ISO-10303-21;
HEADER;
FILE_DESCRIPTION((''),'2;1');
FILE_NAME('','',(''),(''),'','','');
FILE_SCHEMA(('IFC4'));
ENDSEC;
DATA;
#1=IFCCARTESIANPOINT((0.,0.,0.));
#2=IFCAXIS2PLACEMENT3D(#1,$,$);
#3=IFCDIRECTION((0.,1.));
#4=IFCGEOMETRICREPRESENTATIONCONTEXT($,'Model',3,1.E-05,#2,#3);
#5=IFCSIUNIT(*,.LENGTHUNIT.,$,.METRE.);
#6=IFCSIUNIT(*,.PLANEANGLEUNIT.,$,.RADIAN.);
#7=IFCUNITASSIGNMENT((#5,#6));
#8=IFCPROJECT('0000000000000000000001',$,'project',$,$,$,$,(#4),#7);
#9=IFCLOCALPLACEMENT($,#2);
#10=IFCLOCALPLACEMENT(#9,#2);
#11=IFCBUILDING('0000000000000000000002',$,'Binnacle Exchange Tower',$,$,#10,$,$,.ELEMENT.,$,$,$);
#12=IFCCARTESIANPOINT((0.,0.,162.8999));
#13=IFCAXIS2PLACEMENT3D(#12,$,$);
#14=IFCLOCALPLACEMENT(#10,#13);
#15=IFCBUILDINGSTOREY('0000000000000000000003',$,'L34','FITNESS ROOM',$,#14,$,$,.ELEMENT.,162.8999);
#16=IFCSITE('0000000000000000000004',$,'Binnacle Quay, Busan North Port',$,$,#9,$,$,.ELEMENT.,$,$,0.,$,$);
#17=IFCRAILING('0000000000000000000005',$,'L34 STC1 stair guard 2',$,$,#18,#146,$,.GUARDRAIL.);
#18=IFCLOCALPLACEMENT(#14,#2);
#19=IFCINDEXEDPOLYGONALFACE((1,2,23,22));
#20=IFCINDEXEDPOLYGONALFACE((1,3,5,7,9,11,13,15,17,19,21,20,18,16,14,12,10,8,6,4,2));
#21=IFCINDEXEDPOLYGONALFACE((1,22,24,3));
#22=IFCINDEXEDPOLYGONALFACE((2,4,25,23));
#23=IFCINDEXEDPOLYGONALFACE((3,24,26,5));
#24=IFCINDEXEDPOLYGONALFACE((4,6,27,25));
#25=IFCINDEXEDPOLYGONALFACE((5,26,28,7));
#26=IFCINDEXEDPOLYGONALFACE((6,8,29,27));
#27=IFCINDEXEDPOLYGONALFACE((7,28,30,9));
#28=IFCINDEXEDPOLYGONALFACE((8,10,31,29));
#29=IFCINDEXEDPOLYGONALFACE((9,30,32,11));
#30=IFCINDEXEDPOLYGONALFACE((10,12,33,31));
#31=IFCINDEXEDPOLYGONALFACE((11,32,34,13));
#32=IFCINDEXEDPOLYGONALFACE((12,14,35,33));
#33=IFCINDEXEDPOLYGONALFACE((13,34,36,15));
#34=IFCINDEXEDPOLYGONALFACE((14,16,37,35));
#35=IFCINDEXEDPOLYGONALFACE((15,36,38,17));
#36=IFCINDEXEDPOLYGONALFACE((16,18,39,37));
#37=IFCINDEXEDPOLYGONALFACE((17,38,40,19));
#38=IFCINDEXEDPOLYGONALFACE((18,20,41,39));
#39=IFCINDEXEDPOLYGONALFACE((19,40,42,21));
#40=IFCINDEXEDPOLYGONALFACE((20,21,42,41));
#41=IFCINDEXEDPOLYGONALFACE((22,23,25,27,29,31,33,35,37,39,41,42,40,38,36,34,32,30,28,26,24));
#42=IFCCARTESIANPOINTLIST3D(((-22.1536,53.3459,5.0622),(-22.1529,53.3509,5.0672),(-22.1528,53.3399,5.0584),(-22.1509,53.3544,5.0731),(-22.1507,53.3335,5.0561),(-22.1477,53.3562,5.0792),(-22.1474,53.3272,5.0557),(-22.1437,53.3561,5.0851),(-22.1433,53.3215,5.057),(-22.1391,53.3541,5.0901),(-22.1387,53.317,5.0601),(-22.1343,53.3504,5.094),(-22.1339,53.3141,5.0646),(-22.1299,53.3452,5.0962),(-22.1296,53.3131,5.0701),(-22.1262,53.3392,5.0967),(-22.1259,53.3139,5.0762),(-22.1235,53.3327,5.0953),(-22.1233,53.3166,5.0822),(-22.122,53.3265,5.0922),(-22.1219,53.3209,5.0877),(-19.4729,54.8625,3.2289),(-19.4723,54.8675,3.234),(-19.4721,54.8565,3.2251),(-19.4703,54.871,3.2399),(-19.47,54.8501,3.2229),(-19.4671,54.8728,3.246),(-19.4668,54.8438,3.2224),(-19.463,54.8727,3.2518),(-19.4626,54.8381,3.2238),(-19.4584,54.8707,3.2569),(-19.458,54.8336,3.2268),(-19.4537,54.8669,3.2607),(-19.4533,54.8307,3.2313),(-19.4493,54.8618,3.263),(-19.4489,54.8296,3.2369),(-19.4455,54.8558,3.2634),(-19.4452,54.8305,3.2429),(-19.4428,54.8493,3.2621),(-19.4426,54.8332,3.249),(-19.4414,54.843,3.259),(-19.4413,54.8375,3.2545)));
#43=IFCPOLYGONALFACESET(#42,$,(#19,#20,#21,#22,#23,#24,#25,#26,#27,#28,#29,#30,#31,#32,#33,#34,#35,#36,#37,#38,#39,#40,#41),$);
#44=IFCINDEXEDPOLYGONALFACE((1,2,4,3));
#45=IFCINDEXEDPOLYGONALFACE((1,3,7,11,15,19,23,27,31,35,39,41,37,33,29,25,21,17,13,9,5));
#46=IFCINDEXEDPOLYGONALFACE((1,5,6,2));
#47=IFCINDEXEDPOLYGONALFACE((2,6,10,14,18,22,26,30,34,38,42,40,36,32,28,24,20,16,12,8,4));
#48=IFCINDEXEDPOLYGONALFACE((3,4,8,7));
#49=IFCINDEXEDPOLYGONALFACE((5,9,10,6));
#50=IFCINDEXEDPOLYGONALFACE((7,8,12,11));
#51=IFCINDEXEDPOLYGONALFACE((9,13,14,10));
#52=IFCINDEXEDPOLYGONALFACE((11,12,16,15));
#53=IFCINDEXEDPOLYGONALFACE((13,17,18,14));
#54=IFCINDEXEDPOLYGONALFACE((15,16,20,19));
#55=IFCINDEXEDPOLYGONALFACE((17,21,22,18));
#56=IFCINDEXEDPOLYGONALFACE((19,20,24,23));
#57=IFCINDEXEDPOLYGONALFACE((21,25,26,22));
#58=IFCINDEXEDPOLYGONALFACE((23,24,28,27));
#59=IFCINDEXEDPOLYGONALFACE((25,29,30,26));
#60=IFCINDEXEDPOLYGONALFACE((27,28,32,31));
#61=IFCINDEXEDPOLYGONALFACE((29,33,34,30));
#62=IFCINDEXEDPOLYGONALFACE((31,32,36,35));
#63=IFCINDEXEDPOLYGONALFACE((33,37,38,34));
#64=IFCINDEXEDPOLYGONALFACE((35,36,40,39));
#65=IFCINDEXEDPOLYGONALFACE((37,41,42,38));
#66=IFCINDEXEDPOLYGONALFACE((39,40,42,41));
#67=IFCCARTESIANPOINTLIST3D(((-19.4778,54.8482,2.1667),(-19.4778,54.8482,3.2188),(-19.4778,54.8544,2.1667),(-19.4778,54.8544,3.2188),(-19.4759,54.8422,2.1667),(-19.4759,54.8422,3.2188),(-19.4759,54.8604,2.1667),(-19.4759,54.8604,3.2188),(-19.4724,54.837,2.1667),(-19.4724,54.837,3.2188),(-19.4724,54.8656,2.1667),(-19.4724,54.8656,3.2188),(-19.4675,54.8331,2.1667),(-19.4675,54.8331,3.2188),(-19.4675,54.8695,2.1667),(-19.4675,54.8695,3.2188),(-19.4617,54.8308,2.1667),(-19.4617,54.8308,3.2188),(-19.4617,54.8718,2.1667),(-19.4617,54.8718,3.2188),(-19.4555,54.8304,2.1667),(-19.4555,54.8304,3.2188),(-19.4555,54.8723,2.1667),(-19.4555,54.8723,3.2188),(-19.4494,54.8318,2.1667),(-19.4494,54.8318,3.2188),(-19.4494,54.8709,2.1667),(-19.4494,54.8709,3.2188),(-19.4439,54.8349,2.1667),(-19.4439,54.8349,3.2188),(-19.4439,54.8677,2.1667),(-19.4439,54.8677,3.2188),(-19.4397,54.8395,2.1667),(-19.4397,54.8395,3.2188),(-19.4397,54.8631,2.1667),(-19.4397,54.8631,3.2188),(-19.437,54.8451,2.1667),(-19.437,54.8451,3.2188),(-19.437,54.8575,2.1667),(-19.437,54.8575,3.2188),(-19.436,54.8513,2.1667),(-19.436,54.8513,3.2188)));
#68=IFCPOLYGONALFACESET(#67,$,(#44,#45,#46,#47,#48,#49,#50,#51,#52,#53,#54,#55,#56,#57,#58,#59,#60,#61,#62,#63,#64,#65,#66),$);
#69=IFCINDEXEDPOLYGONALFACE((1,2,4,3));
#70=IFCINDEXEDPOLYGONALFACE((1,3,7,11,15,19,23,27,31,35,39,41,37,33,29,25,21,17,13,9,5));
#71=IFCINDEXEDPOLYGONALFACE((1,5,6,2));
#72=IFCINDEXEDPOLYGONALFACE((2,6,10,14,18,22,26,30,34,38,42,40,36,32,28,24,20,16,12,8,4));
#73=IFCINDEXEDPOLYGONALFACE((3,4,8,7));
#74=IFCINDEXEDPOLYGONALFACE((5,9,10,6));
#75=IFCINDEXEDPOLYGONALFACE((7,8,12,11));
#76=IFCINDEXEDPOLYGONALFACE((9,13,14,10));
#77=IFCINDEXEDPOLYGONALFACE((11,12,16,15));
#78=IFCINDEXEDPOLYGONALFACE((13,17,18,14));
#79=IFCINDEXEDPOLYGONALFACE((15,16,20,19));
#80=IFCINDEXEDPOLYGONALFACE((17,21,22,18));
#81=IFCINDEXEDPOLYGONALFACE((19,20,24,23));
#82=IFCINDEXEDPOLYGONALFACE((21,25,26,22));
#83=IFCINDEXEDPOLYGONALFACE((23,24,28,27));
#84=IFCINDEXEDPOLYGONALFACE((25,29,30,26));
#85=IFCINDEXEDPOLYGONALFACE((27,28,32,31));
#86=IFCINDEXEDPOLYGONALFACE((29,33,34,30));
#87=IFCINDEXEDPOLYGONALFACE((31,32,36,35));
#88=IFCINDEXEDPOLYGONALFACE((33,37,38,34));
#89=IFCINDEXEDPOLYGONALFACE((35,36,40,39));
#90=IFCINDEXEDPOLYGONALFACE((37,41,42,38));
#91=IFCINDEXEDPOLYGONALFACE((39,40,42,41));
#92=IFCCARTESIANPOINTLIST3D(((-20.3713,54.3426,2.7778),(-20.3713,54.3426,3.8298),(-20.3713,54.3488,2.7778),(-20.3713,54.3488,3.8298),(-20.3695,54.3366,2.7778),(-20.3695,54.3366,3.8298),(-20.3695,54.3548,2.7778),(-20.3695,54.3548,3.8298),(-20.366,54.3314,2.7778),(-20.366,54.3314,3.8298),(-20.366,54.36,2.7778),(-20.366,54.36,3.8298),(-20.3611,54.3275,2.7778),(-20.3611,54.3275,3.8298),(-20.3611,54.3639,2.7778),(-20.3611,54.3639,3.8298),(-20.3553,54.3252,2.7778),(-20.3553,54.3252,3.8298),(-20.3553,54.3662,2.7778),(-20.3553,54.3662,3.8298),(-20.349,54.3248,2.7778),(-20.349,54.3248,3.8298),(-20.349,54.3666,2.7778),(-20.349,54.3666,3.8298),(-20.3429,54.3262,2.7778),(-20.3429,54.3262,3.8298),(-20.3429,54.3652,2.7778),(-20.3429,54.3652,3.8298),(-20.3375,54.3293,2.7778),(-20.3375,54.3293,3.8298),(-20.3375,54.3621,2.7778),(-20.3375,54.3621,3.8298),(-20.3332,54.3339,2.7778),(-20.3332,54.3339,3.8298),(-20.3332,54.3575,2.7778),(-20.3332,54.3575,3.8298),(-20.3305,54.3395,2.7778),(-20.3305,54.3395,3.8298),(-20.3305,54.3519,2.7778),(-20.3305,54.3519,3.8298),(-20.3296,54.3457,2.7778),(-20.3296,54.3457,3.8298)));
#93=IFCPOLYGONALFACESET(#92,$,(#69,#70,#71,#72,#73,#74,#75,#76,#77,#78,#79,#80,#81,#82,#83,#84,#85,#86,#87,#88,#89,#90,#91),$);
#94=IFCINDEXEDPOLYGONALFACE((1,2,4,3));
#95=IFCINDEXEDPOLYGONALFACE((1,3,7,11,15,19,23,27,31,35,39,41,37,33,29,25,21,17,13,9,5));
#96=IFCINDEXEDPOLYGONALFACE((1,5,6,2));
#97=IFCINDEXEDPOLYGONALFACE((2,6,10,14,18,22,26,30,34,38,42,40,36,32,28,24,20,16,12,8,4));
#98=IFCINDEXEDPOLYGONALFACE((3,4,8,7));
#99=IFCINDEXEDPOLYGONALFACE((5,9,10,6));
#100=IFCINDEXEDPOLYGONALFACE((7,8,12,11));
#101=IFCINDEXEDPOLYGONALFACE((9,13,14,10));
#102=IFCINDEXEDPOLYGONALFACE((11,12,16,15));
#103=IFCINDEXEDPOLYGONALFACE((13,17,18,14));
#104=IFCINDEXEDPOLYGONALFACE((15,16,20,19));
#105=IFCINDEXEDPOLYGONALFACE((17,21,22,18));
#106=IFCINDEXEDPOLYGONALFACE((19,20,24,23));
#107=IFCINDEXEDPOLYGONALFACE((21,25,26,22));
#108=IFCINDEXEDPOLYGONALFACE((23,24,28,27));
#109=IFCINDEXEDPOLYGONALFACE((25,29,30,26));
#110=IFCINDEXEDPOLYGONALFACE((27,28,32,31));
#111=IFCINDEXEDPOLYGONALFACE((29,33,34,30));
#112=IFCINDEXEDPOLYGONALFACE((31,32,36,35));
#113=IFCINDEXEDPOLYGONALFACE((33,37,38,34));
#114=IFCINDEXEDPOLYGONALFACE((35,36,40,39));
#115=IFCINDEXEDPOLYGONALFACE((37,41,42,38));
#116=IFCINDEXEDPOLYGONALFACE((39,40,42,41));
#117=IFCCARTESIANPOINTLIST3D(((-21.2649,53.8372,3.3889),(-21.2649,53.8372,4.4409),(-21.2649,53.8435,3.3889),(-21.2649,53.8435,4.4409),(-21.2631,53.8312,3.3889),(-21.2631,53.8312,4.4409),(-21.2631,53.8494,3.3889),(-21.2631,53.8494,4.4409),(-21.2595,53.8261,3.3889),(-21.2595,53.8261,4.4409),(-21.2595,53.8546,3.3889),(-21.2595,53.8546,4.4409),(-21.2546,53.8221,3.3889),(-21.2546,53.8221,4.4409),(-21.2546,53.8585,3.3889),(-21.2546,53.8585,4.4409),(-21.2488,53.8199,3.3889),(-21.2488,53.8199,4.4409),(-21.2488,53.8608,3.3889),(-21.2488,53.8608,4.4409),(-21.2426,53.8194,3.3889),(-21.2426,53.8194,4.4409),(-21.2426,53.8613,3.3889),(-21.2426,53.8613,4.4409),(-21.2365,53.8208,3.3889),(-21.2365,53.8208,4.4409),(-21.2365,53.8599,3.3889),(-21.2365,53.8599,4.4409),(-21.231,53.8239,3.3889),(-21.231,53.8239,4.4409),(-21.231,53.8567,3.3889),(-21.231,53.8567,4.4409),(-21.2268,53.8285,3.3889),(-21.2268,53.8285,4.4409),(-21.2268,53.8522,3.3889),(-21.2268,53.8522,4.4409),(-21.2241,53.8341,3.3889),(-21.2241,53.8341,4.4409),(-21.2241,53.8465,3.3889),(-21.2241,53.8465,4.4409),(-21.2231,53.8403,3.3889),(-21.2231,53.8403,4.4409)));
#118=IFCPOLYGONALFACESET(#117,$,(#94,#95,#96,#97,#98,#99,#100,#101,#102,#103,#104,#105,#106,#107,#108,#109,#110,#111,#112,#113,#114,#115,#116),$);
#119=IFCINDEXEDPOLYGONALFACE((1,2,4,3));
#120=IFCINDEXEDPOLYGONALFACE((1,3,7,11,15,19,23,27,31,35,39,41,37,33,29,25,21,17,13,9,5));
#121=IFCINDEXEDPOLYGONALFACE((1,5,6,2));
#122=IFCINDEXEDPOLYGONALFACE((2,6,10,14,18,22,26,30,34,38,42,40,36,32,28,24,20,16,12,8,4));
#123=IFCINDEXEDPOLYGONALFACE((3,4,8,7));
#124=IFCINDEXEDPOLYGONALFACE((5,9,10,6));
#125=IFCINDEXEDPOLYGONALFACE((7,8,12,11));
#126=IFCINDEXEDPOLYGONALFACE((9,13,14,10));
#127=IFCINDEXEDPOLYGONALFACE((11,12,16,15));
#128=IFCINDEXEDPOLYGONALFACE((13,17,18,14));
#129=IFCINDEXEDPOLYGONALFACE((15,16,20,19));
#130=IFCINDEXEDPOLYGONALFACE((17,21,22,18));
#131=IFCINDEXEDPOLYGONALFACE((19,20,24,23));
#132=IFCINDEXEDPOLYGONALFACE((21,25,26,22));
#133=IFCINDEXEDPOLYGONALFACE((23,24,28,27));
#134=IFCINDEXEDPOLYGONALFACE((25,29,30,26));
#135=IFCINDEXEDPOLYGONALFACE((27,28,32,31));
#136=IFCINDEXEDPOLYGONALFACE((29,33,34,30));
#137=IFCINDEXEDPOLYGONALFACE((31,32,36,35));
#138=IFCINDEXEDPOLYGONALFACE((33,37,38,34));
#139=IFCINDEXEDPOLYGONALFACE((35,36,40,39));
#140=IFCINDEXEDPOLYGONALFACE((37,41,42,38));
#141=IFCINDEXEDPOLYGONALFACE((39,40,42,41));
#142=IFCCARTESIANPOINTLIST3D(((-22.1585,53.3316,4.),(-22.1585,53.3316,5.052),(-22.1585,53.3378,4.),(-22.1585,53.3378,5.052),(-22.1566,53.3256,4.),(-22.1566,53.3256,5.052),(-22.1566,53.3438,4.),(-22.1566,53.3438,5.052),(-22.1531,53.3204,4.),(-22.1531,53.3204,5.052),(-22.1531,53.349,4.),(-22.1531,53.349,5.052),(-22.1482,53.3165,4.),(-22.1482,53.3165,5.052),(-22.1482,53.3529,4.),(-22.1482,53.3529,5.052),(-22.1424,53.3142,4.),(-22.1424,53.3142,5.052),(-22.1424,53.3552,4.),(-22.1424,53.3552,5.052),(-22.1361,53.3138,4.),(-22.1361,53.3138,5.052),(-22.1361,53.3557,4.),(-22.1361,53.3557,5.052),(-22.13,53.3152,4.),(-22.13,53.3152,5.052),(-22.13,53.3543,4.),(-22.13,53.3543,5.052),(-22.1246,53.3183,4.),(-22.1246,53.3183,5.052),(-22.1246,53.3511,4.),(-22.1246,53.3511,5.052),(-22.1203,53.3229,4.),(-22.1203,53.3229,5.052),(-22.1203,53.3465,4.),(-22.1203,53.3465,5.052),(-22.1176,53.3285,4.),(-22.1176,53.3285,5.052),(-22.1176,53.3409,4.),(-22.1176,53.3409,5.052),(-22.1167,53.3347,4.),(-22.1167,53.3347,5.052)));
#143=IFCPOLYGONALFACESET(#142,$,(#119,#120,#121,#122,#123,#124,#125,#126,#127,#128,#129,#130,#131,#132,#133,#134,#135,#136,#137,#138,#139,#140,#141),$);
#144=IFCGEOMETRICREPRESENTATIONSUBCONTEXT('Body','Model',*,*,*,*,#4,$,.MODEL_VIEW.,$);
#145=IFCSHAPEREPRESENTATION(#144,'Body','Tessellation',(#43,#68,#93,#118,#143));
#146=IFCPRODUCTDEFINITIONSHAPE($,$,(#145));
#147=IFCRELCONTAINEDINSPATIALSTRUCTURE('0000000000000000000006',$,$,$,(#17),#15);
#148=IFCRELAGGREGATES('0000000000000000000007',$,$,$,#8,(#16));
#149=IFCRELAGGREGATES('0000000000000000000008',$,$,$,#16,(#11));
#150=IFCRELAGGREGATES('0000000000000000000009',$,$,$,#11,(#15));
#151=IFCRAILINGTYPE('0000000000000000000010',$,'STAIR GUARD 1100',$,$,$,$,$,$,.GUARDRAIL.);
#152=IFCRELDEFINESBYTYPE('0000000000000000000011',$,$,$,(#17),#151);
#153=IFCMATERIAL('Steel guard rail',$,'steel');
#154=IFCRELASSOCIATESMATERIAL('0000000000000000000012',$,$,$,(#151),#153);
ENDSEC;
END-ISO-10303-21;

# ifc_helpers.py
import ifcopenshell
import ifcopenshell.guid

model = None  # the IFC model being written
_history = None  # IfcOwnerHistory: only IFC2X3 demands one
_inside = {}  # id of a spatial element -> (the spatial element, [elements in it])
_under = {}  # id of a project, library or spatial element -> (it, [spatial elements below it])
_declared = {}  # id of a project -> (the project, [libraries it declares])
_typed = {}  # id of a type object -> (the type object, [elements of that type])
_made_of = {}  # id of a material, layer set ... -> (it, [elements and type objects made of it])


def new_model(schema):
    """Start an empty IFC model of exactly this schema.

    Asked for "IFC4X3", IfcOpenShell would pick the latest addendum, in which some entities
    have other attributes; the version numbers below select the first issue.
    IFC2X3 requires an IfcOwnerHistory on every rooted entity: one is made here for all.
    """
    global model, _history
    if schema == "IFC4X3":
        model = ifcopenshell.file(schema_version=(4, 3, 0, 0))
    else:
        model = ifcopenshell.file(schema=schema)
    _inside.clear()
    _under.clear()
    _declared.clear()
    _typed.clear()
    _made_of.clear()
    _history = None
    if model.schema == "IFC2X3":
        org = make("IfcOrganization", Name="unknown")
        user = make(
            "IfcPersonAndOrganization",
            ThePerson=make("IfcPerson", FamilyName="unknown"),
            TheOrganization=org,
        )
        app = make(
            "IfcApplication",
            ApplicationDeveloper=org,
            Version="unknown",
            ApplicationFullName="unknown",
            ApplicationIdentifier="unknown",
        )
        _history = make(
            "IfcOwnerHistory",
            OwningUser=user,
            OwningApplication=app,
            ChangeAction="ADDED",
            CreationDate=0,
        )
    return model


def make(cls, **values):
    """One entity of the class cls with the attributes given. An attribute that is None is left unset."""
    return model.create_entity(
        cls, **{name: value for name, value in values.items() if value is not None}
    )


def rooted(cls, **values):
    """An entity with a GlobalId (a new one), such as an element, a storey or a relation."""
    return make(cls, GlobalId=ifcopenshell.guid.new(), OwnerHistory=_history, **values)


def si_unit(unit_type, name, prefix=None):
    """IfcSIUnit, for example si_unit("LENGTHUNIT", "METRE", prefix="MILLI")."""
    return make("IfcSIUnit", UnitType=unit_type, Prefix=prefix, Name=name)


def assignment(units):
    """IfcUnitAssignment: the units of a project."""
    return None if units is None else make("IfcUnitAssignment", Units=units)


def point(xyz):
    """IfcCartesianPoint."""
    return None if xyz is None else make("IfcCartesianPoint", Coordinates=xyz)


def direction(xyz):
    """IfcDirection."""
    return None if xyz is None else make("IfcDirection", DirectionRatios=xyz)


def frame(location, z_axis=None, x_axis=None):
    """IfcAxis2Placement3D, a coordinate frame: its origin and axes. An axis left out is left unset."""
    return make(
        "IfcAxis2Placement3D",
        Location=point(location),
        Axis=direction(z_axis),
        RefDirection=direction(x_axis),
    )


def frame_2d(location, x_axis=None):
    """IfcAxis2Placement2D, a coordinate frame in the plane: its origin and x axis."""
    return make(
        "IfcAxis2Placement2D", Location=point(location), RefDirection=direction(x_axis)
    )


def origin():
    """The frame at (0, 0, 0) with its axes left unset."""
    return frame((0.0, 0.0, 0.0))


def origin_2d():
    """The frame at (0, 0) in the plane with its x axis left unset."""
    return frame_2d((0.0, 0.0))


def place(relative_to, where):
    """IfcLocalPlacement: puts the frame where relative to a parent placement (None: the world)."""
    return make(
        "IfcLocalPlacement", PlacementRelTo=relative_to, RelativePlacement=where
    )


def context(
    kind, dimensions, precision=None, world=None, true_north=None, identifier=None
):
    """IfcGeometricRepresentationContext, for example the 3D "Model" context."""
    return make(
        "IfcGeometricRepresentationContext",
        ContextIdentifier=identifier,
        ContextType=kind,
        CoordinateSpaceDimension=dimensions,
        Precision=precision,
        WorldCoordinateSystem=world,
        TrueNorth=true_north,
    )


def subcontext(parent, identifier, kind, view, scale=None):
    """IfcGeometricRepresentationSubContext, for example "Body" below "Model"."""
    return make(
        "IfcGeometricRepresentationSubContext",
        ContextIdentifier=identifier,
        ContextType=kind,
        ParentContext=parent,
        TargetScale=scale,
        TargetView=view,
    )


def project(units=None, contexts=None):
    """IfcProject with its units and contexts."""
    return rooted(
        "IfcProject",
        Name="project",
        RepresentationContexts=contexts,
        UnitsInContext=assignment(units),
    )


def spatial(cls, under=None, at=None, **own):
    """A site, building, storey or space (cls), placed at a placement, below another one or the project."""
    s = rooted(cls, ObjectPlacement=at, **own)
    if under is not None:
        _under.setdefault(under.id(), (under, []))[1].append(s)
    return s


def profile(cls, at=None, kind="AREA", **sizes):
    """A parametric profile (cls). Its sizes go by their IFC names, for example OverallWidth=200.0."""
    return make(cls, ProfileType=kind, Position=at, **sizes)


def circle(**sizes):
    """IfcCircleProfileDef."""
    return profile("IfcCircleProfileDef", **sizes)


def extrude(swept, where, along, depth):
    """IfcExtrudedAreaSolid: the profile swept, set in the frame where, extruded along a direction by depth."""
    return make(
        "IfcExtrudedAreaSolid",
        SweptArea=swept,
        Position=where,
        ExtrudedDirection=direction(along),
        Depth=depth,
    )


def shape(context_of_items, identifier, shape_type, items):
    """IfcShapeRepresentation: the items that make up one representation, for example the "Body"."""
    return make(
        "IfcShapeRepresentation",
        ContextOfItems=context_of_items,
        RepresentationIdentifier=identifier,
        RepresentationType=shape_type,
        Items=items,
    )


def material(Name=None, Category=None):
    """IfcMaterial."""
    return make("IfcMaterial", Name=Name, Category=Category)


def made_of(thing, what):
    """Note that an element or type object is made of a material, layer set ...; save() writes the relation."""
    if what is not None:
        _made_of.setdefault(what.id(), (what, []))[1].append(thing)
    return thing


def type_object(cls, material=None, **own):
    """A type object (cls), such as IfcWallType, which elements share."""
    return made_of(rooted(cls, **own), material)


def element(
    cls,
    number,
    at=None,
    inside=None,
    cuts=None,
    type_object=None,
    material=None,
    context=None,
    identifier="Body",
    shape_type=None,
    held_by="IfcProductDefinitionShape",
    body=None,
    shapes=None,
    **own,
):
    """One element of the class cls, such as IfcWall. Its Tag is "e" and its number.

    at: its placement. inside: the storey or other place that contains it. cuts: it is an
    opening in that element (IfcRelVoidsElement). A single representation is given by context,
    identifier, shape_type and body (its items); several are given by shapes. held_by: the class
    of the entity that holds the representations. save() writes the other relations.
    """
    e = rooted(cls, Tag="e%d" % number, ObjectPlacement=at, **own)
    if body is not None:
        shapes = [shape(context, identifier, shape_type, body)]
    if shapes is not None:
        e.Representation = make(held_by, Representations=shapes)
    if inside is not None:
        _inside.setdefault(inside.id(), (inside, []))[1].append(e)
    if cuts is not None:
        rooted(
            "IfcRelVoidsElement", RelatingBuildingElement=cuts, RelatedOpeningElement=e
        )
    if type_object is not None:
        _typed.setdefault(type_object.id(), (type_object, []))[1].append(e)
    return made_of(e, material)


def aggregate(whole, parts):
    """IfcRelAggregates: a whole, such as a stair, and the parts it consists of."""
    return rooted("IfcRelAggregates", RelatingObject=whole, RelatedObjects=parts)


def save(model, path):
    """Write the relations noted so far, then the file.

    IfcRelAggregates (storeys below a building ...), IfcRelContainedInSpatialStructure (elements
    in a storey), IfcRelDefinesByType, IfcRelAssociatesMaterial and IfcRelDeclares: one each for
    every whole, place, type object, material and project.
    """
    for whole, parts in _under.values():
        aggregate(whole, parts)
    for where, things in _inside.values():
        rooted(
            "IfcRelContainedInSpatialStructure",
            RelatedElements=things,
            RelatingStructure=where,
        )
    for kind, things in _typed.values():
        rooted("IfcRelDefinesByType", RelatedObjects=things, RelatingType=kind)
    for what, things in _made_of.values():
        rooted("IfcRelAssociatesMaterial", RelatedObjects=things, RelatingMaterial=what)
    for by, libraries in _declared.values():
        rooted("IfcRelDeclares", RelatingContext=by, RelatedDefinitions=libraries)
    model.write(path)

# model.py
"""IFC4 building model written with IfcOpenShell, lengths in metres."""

from ifc_helpers import new_model, si_unit, direction, frame, origin, origin_2d, place, context, subcontext, project, spatial, circle, extrude, material, type_object, element, save


model = new_model("IFC4")

# Units and contexts
model_context = context("Model", 3, precision=1e-05, world=origin(), true_north=direction((0.0, 1.0)))
body_context = subcontext(model_context, "Body", "Model", "MODEL_VIEW")
ifc_project = project(units=[si_unit("LENGTHUNIT", "METRE"), si_unit("PLANEANGLEUNIT", "RADIAN")], contexts=[model_context])

# Site, building, storey
site_placement = place(None, origin())
site = spatial("IfcSite", under=ifc_project, at=site_placement, Name="Binnacle Quay, Busan North Port", CompositionType="ELEMENT", RefElevation=0.0)
building_placement = place(site_placement, origin())
building = spatial("IfcBuilding", under=site, at=building_placement, Name="Binnacle Exchange Tower", CompositionType="ELEMENT")
storey_placement = place(building_placement, frame((0.0, 0.0, 162.8999)))
storey = spatial("IfcBuildingStorey", under=building, at=storey_placement, Name="L34", Description="FITNESS ROOM", CompositionType="ELEMENT", Elevation=162.8999)

# Railing
ifc_material_1 = material(Name="Steel guard rail", Category="steel")
railing_type_1 = type_object("IfcRailingType", Name="STAIR GUARD 1100", PredefinedType="GUARDRAIL", material=ifc_material_1)
railing_1_placement = place(storey_placement, frame((-19.457, 54.8513, 2.1667)))
element("IfcRailing", 1, at=railing_1_placement, inside=storey, type_object=railing_type_1, Name="L34 STC1 stair guard 2", PredefinedType="GUARDRAIL", context=body_context, shape_type="SweptSolid", body=[
    extrude(circle(Radius=0.0239, at=origin_2d()), frame((0.0, 0.0, 1.0762), z_axis=(-0.747901, -0.423129, 0.511474), x_axis=(0.492412, -0.870362, 0.0)), (0.0, 0.0, 1.0), 3.5842),
    extrude(circle(Radius=0.021, at=origin_2d()), origin(), (0.0, 0.0, 1.0), 1.052),
    extrude(circle(Radius=0.021, at=origin_2d()), frame((-0.8936, -0.5056, 0.6111)), (0.0, 0.0, 1.0), 1.052),
    extrude(circle(Radius=0.021, at=origin_2d()), frame((-1.7871, -1.011, 1.2222)), (0.0, 0.0, 1.0), 1.052),
    extrude(circle(Radius=0.021, at=origin_2d()), frame((-2.6807, -1.5166, 1.8333)), (0.0, 0.0, 1.0), 1.052),
])

save(model, "model.ifc")
